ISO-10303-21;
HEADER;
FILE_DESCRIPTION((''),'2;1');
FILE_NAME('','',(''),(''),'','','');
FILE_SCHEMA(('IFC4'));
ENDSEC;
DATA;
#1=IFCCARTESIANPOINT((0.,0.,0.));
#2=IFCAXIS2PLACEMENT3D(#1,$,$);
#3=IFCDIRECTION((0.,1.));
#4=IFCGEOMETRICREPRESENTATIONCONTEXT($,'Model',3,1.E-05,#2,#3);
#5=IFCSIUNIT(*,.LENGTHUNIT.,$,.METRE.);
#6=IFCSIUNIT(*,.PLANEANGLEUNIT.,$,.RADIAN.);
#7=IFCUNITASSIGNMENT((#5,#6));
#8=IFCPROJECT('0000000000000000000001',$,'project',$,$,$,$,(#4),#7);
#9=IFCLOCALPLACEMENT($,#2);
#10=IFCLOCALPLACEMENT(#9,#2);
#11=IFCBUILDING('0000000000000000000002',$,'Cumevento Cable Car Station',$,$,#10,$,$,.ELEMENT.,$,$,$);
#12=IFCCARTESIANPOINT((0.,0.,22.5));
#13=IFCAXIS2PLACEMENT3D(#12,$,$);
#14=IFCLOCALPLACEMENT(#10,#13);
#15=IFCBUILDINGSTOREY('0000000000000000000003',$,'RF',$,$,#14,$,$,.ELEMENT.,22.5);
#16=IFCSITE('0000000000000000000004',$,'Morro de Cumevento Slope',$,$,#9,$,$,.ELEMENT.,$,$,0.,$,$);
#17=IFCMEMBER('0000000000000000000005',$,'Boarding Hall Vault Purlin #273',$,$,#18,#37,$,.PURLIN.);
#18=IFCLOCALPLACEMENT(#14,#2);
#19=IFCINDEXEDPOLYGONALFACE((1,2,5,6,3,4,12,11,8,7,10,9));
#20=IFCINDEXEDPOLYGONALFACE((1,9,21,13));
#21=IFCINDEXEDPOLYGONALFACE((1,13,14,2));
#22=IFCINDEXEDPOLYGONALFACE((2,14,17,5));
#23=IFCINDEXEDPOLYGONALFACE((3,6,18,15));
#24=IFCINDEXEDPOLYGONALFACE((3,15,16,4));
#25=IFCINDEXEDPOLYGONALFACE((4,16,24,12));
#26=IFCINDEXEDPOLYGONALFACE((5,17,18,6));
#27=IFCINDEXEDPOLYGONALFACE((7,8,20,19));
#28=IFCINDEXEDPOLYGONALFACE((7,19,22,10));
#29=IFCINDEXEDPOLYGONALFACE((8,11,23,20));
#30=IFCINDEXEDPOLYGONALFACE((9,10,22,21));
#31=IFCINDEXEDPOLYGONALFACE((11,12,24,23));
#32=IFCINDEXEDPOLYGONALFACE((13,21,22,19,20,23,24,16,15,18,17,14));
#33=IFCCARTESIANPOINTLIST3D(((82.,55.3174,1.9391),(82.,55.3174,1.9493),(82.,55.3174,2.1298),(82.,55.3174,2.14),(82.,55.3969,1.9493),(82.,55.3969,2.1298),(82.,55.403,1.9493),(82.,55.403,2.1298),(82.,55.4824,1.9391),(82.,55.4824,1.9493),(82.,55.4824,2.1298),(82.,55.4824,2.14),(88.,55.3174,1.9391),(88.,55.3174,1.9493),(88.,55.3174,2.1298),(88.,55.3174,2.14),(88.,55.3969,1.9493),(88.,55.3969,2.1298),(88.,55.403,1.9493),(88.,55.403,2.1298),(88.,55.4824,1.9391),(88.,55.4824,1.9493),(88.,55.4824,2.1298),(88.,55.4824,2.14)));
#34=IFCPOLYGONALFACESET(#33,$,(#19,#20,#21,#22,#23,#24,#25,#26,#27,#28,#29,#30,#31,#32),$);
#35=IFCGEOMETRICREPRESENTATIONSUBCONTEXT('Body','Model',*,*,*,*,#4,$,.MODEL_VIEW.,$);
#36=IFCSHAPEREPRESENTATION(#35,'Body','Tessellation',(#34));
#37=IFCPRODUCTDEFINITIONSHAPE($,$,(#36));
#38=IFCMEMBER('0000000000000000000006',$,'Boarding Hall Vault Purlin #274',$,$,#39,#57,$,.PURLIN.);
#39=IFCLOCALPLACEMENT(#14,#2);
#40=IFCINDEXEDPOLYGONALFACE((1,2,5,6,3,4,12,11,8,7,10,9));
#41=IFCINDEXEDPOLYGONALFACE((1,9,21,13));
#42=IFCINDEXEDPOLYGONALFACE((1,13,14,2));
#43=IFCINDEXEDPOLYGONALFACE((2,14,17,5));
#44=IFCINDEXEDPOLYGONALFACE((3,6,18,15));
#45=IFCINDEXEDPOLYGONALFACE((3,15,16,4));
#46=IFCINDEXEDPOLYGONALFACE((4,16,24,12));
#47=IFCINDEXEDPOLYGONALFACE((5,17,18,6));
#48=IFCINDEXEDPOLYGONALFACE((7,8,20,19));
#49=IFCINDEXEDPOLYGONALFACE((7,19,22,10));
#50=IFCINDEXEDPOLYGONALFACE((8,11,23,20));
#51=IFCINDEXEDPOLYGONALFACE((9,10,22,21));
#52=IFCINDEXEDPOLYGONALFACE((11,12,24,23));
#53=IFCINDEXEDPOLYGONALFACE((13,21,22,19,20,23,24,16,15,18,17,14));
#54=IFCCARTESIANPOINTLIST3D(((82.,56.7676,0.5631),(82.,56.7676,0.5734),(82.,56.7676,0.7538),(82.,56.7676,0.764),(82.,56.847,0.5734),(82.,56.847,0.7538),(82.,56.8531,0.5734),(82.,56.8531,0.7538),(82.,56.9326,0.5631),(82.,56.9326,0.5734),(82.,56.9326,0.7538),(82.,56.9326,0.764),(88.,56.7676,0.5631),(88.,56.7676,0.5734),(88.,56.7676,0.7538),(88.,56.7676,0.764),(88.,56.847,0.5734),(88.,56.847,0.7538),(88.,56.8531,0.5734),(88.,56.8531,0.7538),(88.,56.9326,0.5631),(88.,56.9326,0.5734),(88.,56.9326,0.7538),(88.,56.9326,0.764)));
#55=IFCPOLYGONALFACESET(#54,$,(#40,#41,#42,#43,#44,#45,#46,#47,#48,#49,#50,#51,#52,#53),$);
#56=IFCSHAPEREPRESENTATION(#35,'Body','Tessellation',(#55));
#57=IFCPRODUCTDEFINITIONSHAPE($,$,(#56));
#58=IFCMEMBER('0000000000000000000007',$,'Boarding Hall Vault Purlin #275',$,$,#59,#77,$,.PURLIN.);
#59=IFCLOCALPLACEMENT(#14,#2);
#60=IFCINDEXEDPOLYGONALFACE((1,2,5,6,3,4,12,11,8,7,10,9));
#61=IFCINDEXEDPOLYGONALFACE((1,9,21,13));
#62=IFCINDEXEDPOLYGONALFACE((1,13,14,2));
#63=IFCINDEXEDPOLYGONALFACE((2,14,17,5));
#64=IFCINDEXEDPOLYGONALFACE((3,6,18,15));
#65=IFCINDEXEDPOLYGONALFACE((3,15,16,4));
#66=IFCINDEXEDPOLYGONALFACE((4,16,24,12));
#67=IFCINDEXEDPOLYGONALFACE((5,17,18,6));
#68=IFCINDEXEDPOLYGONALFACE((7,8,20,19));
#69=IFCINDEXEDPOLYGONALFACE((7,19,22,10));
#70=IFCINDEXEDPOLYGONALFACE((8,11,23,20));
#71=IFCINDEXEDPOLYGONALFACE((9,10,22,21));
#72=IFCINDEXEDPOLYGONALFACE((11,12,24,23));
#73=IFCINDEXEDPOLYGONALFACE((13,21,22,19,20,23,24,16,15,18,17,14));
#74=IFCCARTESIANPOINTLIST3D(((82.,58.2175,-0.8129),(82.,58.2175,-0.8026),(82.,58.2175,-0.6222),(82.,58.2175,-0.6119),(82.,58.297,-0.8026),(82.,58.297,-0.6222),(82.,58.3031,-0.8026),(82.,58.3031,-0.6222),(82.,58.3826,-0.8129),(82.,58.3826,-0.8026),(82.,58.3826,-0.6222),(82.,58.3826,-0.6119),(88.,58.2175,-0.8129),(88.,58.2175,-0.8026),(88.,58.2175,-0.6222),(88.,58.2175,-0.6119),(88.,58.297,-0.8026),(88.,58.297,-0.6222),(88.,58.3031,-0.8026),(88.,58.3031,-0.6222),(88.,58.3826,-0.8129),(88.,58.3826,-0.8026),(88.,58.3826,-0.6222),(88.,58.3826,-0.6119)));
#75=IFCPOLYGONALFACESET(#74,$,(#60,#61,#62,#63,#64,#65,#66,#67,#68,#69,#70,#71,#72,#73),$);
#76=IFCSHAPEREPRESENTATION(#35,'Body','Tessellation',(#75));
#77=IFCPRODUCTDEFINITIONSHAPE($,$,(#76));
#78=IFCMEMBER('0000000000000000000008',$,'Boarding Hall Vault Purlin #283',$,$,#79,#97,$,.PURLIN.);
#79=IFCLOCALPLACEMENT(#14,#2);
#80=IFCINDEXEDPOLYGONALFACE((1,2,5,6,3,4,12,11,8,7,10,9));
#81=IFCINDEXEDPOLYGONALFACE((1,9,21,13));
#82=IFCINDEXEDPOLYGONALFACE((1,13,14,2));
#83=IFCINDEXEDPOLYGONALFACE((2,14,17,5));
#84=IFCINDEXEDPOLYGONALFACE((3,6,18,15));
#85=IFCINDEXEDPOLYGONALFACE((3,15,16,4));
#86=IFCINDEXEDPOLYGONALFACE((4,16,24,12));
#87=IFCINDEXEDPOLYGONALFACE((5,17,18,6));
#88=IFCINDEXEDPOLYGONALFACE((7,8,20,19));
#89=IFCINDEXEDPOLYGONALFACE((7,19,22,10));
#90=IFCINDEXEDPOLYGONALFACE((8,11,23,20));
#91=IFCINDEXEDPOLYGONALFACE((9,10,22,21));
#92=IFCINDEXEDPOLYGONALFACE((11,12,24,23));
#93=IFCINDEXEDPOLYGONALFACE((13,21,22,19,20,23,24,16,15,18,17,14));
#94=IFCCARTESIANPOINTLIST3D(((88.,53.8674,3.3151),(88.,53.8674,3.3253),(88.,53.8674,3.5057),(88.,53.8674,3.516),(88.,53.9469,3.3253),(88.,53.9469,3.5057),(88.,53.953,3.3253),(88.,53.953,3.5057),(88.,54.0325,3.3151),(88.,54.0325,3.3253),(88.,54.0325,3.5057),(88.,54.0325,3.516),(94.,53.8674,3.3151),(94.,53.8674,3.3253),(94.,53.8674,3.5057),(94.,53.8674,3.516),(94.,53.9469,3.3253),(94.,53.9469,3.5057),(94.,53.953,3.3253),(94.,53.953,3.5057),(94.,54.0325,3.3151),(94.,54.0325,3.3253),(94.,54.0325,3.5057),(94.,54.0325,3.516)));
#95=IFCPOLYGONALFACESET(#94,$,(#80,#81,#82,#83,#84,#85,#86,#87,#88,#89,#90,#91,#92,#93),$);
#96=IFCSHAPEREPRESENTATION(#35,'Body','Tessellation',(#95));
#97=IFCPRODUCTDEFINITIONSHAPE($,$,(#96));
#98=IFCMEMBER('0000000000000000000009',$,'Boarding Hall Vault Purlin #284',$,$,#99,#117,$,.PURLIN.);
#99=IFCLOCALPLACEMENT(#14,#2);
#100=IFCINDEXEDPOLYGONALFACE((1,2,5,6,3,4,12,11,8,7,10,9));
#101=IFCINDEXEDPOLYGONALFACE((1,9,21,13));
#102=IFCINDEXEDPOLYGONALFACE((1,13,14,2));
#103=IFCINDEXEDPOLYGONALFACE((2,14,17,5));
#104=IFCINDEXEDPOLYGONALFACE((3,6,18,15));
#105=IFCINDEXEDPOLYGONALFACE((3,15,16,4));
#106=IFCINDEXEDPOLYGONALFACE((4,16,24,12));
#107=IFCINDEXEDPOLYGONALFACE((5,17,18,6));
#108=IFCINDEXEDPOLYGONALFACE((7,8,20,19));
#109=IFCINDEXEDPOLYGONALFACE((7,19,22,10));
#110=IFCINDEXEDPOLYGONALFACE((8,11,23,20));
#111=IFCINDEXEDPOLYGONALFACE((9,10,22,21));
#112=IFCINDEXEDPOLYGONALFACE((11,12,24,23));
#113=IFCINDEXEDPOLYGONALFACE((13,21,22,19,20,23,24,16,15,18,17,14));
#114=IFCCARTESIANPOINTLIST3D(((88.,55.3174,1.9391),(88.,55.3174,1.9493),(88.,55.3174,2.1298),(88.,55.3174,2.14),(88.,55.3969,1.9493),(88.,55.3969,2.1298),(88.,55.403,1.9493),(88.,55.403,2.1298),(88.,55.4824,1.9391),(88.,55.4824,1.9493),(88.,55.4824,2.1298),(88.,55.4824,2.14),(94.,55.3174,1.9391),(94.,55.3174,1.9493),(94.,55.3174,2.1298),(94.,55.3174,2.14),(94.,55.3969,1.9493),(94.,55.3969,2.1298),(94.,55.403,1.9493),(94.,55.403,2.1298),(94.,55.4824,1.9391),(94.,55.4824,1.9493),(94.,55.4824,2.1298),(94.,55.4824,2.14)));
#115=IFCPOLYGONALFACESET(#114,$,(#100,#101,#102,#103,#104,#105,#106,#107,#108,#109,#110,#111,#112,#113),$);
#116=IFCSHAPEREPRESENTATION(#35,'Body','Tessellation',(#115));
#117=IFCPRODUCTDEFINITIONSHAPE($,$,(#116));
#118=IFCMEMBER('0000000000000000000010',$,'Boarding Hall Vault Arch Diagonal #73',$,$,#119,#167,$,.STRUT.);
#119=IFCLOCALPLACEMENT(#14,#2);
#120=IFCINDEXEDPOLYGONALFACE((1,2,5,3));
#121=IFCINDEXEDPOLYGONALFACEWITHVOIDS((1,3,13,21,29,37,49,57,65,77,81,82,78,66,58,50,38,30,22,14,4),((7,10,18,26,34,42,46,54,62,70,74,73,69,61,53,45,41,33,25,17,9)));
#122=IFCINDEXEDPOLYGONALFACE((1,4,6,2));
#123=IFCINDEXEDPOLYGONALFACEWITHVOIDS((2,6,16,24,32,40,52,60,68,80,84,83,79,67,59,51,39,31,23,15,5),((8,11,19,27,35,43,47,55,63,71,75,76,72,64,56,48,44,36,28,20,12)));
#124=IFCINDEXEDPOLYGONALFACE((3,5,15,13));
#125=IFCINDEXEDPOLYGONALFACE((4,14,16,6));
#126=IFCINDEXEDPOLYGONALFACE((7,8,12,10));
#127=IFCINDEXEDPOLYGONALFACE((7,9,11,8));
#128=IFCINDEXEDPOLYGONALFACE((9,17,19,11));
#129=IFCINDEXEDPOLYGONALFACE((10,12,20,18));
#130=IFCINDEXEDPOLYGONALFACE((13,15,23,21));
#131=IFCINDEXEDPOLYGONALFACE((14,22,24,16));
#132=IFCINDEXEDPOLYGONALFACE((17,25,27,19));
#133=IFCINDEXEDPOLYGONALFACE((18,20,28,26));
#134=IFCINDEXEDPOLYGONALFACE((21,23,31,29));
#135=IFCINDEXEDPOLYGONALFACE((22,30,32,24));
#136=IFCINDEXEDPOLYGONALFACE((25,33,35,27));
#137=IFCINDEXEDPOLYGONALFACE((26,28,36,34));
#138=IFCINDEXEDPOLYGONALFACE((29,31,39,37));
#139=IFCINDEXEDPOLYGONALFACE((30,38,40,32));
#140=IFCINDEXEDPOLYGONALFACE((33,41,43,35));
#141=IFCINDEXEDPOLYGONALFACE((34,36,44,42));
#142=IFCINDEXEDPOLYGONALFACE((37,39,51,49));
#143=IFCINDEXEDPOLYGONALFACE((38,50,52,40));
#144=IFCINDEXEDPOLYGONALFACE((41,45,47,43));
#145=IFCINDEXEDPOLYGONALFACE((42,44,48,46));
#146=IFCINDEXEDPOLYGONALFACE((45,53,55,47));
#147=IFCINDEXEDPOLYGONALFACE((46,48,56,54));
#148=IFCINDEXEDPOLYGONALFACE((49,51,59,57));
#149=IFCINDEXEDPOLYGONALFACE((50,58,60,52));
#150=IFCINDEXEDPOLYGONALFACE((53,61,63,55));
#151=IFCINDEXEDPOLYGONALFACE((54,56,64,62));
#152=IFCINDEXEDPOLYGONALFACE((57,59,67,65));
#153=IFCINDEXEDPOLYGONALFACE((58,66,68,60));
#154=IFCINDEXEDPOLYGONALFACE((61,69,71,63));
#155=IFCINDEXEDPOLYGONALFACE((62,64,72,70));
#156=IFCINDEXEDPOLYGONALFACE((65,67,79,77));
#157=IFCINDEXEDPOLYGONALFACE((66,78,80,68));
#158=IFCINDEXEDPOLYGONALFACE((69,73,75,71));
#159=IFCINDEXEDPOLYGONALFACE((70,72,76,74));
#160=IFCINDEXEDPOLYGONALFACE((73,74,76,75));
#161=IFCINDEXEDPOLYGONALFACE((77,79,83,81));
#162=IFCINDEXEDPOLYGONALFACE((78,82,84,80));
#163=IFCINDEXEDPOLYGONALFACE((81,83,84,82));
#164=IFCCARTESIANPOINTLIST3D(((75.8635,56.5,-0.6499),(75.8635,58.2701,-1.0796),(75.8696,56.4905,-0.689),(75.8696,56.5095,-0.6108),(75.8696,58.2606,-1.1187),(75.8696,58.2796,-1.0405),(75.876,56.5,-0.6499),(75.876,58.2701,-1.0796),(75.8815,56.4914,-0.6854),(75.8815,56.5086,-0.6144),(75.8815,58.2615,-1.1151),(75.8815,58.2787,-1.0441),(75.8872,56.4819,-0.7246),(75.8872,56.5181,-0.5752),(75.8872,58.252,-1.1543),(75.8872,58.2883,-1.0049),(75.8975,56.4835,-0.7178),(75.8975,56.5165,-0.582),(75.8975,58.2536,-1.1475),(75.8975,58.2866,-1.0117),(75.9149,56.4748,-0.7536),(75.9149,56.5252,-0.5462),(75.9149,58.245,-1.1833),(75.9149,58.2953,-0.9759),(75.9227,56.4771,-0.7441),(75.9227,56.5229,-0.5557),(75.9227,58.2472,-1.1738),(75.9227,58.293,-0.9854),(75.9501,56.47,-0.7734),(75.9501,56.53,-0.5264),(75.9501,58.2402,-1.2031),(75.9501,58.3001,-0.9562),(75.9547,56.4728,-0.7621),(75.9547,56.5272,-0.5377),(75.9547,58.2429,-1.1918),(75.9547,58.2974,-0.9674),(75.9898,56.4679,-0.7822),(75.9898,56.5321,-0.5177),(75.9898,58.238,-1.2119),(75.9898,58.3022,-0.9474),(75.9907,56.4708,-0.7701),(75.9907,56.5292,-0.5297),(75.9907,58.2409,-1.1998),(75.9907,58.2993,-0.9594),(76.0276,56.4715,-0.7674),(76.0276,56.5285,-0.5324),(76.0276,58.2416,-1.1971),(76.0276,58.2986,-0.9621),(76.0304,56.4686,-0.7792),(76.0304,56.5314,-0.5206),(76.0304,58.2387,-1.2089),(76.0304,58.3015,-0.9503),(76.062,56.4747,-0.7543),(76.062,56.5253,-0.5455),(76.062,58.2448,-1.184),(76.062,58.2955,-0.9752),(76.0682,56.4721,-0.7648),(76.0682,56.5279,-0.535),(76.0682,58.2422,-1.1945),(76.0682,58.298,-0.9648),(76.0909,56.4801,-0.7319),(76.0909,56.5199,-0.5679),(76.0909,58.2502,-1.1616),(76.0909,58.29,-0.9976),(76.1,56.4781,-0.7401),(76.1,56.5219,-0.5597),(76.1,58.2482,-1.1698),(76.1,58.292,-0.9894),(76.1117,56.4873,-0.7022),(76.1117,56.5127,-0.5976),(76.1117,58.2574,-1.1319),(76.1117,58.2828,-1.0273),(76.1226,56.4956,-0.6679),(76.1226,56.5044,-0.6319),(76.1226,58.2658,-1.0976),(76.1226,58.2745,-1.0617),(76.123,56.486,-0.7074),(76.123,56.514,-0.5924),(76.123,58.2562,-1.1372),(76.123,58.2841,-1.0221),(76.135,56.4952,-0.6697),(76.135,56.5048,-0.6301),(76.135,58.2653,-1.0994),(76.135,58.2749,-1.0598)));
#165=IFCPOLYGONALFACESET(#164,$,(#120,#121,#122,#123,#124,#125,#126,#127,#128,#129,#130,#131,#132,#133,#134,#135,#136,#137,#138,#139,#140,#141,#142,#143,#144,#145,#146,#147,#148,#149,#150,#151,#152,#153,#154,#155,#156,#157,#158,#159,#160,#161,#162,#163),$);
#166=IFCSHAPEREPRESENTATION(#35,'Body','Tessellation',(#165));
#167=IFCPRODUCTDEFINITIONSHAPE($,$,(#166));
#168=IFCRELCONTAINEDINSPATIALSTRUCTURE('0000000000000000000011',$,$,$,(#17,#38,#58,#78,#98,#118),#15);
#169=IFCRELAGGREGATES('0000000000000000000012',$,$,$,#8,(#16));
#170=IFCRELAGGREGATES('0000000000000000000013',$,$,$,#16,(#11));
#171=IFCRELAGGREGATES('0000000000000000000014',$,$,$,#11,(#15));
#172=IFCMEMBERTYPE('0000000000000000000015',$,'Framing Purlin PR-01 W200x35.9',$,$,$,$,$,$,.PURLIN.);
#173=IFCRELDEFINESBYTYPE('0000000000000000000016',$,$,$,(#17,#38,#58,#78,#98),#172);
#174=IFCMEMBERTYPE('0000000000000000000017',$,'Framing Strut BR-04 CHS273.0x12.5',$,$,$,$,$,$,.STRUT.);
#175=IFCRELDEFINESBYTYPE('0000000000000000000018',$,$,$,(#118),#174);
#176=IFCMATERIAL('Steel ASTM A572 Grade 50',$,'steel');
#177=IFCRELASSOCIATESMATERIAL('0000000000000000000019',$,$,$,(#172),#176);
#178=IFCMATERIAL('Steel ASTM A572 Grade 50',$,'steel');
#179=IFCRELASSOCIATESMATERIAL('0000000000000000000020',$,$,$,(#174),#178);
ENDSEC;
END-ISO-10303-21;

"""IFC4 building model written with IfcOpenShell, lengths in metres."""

from ifc_helpers import new_model, si_unit, direction, frame, origin, origin_2d, place, context, subcontext, project, spatial, hollow_circle, i_section, extrude, material, material_profile, profile_set, type_object, element, save


model = new_model("IFC4")

# Units and contexts
model_context = context("Model", 3, precision=1e-05, world=origin(), true_north=direction((0.0, 1.0)))
body_context = subcontext(model_context, "Body", "Model", "MODEL_VIEW")
ifc_project = project(units=[si_unit("LENGTHUNIT", "METRE"), si_unit("PLANEANGLEUNIT", "RADIAN")], contexts=[model_context])

# Site, building, storey
site_placement = place(None, origin())
site = spatial("IfcSite", under=ifc_project, at=site_placement, Name="Morro de Cumevento Slope", CompositionType="ELEMENT", RefElevation=0.0)
building_placement = place(site_placement, origin())
building = spatial("IfcBuilding", under=site, at=building_placement, Name="Cumevento Cable Car Station", CompositionType="ELEMENT")
storey_placement = place(building_placement, frame((0.0, 0.0, 22.5)))
storey = spatial("IfcBuildingStorey", under=building, at=storey_placement, Name="RF", CompositionType="ELEMENT", Elevation=22.5)

# Members
ifc_material_1 = material(Name="Steel ASTM A572 Grade 50", Category="steel")
ifc_material_profile_1 = material_profile(ifc_material_1, i_section(OverallWidth=0.165, OverallDepth=0.2009, WebThickness=0.0061, FlangeThickness=0.0103, at=origin_2d()), Name="W200x35.9")
ifc_profile_set_1 = profile_set([ifc_material_profile_1], Name="Steel ASTM A572 Grade 50")
member_type_1 = type_object("IfcMemberType", Name="Framing Purlin PR-01 W200x35.9", PredefinedType="PURLIN", material=ifc_profile_set_1)
for number, where, z_axis, x_axis, name in (
    (1, (82.0, 55.3999, 2.0396), (1.0, 0.0, 0.0), (0.0, 1.0, 0.0), "Boarding Hall Vault Purlin #273"),
    (2, (82.0, 56.8501, 0.6636), (1.0, 0.0, 0.0), (0.0, 1.0, 0.0), "Boarding Hall Vault Purlin #274"),
    (3, (82.0, 58.3, -0.7124), (1.0, 0.0, 0.0), (0.0, 1.0, 0.0), "Boarding Hall Vault Purlin #275"),
    (4, (88.0, 53.95, 3.4155), (1.0, 0.0, 0.0), (0.0, 1.0, 0.0), "Boarding Hall Vault Purlin #283"),
    (5, (88.0, 55.3999, 2.0396), (1.0, 0.0, 0.0), (0.0, 1.0, 0.0), "Boarding Hall Vault Purlin #284"),
):
    element("IfcMember", number, at=place(storey_placement, frame(where, z_axis=z_axis, x_axis=x_axis)), inside=storey, type_object=member_type_1, Name=name, PredefinedType="PURLIN", context=body_context, shape_type="SweptSolid", body=[
        extrude(i_section(OverallWidth=0.165, OverallDepth=0.2009, WebThickness=0.0061, FlangeThickness=0.0103, at=origin_2d()), origin(), (0.0, 0.0, 1.0), 6.0),
    ])
ifc_material_2 = material(Name="Steel ASTM A572 Grade 50", Category="steel")
ifc_material_profile_2 = material_profile(ifc_material_2, hollow_circle(Radius=0.1365, WallThickness=0.0125, at=origin_2d()), Name="CHS273.0x12.5")
ifc_profile_set_2 = profile_set([ifc_material_profile_2], Name="Steel ASTM A572 Grade 50")
member_type_2 = type_object("IfcMemberType", Name="Framing Strut BR-04 CHS273.0x12.5", PredefinedType="STRUT", material=ifc_profile_set_2)
for number, where, z_axis, x_axis, name in (
    (6, (76.0, 56.5, -0.6499), (0.0, 0.971776, -0.235907), (-1.0, 0.0, 0.0), "Boarding Hall Vault Arch Diagonal #73"),
):
    element("IfcMember", number, at=place(storey_placement, frame(where, z_axis=z_axis, x_axis=x_axis)), inside=storey, type_object=member_type_2, Name=name, PredefinedType="STRUT", context=body_context, shape_type="SweptSolid", body=[
        extrude(hollow_circle(Radius=0.1365, WallThickness=0.0125, at=origin_2d()), origin(), (0.0, 0.0, 1.0), 1.8215),
    ])

save(model, "model.ifc")
